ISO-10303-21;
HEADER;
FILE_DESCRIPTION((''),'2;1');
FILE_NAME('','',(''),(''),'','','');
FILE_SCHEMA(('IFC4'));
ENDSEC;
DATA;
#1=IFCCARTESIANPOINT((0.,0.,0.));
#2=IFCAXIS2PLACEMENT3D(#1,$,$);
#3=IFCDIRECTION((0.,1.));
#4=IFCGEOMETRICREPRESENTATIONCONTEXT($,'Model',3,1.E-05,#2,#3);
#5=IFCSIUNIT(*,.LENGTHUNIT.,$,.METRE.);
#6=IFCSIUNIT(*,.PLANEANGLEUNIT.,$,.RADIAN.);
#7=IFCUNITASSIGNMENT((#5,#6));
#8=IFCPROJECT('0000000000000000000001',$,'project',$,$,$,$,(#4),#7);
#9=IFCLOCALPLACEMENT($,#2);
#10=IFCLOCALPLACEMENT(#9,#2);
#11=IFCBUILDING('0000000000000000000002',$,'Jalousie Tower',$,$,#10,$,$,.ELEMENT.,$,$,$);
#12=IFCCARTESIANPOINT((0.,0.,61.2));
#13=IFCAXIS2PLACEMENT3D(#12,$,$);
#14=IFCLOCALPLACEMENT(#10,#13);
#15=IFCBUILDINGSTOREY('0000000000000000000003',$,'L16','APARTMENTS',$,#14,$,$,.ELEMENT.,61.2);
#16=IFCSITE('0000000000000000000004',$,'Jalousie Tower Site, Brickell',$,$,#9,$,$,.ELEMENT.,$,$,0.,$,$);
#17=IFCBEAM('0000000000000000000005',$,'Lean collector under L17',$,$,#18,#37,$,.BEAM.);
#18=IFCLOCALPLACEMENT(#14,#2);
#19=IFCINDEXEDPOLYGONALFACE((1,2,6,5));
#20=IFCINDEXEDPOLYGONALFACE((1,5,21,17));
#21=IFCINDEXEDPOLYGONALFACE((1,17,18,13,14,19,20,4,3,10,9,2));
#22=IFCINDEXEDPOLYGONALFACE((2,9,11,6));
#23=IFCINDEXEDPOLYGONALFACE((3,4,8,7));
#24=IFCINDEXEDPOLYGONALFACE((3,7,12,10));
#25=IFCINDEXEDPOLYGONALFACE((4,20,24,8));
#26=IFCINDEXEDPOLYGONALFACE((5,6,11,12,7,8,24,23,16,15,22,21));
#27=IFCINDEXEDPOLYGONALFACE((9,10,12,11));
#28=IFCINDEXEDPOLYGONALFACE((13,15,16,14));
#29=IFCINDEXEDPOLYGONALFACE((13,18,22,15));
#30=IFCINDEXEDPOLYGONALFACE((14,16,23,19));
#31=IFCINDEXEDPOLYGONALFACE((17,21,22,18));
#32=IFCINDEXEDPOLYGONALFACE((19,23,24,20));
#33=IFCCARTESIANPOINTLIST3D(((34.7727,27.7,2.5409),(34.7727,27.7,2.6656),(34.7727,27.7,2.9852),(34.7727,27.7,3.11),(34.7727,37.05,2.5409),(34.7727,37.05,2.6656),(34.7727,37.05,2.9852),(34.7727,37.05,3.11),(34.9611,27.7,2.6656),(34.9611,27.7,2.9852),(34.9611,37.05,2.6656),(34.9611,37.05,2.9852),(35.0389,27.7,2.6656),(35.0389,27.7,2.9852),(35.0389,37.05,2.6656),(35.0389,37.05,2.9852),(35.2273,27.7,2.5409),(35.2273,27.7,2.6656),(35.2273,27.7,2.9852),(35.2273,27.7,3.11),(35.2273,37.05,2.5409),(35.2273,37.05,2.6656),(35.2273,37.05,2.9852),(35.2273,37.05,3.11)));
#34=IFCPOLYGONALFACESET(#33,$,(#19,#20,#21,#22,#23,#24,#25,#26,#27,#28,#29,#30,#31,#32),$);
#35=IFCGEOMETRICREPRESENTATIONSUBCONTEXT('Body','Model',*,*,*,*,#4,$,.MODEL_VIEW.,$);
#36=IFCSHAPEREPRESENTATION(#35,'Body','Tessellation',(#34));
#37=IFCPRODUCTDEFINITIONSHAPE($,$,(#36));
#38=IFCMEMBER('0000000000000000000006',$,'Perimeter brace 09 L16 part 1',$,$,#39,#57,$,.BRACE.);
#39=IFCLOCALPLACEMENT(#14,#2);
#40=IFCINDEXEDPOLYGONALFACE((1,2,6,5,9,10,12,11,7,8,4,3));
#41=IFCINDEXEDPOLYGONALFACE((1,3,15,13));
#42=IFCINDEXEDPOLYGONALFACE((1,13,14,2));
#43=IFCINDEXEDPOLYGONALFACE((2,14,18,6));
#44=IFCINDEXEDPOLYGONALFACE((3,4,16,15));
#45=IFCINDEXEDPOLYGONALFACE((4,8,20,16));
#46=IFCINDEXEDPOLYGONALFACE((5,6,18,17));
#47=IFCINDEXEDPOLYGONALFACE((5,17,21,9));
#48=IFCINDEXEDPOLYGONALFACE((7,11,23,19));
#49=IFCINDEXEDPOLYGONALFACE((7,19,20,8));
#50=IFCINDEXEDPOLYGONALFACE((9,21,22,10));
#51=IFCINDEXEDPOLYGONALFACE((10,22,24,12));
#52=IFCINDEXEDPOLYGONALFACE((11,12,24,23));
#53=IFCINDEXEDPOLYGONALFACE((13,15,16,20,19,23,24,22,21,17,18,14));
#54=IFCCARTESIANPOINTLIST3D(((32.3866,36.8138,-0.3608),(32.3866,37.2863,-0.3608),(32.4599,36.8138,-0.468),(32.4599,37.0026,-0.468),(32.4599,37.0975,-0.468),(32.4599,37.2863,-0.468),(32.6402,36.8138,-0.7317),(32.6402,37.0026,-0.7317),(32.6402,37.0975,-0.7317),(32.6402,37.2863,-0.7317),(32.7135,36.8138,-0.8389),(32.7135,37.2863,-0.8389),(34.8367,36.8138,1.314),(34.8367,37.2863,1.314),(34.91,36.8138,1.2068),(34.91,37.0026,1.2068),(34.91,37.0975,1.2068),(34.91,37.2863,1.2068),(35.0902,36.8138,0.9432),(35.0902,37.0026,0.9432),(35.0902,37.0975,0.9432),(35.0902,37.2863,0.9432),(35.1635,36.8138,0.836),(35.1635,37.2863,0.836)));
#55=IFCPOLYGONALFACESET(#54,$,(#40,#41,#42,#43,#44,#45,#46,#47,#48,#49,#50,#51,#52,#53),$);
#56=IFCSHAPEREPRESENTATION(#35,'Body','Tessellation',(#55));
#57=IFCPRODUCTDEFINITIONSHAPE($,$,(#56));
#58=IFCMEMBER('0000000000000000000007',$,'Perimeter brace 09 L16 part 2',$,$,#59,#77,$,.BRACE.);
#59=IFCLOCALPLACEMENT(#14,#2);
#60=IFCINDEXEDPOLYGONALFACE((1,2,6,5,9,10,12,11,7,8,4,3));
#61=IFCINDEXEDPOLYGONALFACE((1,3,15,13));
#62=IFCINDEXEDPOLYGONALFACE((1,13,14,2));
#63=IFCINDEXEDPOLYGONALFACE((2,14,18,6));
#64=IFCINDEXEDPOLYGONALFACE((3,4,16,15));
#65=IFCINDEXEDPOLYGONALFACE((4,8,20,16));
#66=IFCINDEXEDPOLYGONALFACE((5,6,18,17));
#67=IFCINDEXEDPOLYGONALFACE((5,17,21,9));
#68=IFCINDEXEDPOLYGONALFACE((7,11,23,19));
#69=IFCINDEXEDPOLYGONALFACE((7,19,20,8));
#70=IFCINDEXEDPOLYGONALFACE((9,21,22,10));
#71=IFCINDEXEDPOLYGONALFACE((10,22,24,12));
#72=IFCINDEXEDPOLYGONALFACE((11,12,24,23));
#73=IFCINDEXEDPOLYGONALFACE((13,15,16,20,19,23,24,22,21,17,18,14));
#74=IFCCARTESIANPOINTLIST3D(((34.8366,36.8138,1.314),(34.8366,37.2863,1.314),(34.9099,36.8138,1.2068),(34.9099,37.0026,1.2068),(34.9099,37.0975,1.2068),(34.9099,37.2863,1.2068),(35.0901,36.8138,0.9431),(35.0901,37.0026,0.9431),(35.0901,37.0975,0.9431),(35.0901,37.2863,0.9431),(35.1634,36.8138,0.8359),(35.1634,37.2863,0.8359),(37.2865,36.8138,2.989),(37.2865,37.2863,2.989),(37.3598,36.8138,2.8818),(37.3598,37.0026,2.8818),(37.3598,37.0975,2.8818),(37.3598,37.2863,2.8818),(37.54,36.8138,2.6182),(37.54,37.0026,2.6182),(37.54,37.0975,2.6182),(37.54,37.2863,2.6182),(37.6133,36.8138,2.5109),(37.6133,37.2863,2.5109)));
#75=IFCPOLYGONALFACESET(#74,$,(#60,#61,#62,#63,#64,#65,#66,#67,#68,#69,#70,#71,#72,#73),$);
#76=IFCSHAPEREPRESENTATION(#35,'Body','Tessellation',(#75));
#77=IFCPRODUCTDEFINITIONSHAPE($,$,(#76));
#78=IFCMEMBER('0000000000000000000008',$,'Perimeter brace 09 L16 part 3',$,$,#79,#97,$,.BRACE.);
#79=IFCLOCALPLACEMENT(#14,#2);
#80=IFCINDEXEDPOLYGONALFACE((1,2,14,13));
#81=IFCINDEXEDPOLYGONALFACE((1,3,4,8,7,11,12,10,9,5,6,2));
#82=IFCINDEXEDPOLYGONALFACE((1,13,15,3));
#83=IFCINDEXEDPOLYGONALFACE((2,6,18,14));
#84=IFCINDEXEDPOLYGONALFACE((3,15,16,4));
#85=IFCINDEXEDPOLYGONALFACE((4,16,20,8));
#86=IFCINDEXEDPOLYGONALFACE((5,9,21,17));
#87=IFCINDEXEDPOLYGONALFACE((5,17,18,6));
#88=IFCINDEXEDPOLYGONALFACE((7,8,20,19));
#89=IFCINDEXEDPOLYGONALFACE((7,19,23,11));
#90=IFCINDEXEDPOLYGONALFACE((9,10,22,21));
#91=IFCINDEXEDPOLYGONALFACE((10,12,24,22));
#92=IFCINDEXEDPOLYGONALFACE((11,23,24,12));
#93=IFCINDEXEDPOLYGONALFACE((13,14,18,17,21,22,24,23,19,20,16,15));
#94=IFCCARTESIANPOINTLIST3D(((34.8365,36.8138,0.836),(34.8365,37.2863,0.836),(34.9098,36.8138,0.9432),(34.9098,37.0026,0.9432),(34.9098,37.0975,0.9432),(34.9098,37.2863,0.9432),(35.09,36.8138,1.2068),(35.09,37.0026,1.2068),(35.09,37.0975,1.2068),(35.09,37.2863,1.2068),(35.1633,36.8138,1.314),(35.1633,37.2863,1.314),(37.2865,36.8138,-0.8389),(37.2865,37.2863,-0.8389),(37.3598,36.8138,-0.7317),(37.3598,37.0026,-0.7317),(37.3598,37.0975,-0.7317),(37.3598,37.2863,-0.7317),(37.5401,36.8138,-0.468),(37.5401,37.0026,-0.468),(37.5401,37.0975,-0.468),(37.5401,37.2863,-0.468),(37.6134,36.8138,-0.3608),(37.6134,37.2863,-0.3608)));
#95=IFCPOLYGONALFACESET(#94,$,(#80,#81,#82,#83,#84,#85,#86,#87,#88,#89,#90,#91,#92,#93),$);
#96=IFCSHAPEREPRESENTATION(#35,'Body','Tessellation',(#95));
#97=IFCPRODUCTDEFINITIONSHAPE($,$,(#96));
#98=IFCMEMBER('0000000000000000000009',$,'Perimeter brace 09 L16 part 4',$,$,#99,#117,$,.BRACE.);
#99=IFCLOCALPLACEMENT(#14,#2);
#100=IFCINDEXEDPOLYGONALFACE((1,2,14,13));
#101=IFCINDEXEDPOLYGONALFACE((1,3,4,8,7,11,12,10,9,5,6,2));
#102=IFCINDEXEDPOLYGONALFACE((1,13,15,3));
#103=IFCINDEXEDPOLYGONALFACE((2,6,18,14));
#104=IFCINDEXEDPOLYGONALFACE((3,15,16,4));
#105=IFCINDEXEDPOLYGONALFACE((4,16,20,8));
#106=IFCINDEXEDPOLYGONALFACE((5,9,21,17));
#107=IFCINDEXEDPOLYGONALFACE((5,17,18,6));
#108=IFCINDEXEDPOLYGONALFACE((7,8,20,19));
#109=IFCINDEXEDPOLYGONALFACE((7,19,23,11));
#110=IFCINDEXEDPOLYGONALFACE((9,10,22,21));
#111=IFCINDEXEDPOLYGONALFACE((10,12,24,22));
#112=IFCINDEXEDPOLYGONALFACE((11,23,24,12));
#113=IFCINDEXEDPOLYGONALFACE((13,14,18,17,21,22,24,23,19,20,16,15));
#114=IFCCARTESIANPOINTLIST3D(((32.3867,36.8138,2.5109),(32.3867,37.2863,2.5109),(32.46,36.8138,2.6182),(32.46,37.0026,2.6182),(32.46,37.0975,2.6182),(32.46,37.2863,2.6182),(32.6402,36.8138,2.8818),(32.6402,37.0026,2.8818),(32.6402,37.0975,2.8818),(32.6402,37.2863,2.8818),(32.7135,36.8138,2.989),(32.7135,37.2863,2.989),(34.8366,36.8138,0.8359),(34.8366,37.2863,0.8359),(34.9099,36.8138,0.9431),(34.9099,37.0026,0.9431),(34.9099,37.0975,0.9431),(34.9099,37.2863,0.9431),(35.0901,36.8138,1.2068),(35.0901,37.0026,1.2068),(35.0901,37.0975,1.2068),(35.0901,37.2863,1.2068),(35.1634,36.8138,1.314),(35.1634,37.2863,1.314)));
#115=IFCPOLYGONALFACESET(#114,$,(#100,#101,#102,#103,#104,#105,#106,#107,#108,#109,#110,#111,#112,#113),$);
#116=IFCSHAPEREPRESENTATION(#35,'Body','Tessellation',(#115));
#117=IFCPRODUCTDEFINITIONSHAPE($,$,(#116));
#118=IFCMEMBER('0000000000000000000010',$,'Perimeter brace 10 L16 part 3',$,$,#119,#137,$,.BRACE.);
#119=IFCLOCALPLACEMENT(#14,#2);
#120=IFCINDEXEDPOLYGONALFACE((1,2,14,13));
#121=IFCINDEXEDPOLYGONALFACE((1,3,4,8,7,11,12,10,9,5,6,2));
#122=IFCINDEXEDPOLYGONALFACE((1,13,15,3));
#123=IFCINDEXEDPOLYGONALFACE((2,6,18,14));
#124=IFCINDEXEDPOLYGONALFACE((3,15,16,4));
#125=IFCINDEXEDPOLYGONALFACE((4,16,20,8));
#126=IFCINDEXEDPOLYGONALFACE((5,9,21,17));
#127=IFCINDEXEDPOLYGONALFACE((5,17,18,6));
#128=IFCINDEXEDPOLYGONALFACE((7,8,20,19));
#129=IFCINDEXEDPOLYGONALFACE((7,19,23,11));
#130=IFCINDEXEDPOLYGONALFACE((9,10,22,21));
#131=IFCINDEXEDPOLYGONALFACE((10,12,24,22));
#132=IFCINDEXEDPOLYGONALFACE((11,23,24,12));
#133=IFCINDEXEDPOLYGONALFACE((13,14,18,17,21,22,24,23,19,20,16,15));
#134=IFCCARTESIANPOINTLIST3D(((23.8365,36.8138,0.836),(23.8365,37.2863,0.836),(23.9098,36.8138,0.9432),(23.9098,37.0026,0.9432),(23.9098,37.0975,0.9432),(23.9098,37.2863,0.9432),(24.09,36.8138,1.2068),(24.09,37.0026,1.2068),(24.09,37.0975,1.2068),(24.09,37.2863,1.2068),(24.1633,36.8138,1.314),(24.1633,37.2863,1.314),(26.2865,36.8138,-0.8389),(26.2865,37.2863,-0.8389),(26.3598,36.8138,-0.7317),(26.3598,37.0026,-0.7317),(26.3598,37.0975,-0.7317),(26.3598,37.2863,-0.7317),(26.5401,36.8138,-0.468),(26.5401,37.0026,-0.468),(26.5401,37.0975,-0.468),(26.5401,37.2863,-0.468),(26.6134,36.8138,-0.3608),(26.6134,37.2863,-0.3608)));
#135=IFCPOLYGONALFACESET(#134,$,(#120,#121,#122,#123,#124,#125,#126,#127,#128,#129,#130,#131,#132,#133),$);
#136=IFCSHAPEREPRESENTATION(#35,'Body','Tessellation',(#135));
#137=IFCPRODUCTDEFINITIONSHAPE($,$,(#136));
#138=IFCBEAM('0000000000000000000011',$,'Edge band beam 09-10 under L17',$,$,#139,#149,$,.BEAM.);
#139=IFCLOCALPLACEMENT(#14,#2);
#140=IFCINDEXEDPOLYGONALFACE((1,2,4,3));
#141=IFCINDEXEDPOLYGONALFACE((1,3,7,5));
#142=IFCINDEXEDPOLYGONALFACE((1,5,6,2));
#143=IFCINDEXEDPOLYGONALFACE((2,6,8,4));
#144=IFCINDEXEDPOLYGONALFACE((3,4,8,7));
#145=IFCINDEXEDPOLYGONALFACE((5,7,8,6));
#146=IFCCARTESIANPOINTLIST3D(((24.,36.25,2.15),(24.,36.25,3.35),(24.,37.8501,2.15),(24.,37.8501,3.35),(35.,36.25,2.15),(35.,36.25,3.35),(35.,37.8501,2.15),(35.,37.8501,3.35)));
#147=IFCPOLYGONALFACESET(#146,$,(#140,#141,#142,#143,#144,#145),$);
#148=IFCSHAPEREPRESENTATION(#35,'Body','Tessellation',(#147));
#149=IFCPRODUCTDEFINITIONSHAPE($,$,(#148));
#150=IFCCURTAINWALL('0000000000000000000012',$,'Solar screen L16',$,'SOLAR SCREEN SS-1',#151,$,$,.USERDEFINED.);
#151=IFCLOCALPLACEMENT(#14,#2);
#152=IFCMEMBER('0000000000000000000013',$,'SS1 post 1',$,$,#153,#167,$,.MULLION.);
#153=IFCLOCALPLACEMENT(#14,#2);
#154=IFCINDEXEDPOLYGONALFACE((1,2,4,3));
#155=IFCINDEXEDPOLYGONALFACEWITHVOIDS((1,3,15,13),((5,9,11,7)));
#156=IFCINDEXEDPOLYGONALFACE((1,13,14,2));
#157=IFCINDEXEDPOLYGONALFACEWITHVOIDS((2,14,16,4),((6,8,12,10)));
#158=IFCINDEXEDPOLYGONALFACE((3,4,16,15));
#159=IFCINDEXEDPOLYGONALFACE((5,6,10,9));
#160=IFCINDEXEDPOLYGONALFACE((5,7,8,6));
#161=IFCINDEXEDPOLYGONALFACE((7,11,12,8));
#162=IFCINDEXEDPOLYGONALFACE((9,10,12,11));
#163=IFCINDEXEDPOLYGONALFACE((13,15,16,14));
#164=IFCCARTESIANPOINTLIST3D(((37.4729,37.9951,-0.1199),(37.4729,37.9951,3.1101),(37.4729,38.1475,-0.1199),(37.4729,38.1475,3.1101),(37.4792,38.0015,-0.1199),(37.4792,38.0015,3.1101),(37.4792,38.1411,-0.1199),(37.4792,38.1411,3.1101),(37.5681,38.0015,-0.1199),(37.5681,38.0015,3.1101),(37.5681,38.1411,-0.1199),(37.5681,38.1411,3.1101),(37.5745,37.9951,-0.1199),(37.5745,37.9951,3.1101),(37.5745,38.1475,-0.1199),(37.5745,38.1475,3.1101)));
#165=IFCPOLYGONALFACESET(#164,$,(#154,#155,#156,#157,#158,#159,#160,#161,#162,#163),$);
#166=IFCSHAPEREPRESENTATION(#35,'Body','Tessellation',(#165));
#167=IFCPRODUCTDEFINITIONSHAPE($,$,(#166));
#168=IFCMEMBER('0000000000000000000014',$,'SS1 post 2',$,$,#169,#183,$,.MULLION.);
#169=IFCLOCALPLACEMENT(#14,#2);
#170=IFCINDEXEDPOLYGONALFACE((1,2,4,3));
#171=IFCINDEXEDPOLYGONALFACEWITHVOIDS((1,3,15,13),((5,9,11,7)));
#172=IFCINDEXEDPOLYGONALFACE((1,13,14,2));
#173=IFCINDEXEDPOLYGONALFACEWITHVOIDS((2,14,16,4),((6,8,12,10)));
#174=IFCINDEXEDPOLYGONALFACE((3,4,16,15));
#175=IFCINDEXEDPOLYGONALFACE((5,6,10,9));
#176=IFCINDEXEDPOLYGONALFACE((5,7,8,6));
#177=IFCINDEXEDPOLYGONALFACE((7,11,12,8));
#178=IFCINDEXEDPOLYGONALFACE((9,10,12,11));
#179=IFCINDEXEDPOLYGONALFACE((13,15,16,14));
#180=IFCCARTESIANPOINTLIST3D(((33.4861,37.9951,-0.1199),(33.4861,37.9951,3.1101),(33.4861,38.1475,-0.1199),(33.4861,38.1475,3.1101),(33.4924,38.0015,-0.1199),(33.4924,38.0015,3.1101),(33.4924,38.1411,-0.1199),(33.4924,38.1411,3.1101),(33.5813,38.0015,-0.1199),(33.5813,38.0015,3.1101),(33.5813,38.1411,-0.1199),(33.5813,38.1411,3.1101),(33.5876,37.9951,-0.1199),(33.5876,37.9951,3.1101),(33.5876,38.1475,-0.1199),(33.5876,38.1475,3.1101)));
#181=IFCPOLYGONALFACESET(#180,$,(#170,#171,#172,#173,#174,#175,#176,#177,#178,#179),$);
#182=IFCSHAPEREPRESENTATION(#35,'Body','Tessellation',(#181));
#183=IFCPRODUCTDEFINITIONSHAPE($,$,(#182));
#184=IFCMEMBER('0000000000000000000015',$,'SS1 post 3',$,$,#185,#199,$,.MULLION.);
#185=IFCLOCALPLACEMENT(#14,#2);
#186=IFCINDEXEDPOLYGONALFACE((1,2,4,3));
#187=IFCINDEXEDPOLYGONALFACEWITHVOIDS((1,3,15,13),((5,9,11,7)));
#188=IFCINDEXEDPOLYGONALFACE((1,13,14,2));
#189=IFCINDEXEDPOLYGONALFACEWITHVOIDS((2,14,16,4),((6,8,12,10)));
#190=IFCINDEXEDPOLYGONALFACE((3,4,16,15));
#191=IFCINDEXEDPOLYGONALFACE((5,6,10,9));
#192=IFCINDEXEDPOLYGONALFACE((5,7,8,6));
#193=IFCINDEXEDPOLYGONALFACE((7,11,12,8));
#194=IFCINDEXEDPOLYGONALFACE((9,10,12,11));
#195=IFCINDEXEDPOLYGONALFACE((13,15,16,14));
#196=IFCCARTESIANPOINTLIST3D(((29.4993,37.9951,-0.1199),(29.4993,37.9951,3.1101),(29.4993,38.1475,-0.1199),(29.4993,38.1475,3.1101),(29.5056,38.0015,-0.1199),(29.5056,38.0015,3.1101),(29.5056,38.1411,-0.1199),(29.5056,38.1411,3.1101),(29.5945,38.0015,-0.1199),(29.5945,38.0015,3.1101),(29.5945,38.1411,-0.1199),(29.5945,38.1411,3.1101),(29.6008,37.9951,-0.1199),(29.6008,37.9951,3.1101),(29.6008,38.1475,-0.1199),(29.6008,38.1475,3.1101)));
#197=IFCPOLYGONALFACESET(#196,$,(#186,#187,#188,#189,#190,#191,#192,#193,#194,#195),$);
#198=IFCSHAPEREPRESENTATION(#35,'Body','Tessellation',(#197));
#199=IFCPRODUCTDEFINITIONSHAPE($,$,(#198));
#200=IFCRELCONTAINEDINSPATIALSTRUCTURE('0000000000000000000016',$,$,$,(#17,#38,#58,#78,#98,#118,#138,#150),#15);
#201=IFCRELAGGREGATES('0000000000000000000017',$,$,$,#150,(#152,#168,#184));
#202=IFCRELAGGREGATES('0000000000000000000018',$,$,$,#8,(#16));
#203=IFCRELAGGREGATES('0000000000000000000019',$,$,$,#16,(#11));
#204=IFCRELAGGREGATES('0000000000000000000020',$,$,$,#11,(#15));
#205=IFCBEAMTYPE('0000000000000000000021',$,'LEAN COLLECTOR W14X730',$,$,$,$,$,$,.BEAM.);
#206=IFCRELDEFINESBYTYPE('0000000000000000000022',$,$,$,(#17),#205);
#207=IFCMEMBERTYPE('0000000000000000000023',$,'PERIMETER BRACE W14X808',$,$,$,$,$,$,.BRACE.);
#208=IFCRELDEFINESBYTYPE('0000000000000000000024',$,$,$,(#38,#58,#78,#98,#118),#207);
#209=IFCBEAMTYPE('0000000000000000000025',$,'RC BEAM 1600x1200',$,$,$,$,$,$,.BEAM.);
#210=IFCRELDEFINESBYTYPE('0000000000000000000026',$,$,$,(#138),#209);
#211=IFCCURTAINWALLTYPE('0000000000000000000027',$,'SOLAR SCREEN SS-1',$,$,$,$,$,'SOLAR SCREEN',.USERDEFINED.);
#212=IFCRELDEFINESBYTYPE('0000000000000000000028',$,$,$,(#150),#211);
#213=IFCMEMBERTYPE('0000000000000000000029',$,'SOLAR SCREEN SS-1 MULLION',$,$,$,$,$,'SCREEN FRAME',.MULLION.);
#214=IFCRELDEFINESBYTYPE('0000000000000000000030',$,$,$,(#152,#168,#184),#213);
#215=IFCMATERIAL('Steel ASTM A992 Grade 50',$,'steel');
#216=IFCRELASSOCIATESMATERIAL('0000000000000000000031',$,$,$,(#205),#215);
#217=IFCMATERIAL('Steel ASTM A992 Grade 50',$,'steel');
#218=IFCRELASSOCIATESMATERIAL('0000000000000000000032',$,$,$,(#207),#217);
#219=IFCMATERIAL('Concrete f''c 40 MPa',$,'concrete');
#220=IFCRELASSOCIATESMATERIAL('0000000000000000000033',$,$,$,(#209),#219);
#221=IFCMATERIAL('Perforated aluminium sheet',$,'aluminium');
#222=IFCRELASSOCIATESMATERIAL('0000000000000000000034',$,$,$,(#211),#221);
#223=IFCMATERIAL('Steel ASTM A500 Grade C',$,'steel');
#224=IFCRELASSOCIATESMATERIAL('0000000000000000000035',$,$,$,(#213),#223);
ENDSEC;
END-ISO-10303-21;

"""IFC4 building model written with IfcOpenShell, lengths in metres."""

from ifc_helpers import new_model, si_unit, direction, frame, origin, origin_2d, place, context, subcontext, project, spatial, rectangle, hollow_rectangle, i_section, extrude, material, material_profile, profile_set, type_object, element, aggregate, save


model = new_model("IFC4")

# Units and contexts
model_context = context("Model", 3, precision=1e-05, world=origin(), true_north=direction((0.0, 1.0)))
body_context = subcontext(model_context, "Body", "Model", "MODEL_VIEW")
ifc_project = project(units=[si_unit("LENGTHUNIT", "METRE"), si_unit("PLANEANGLEUNIT", "RADIAN")], contexts=[model_context])

# Site, building, storey
site_placement = place(None, origin())
site = spatial("IfcSite", under=ifc_project, at=site_placement, Name="Jalousie Tower Site, Brickell", CompositionType="ELEMENT", RefElevation=0.0)
building_placement = place(site_placement, origin())
building = spatial("IfcBuilding", under=site, at=building_placement, Name="Jalousie Tower", CompositionType="ELEMENT")
storey_placement = place(building_placement, frame((0.0, 0.0, 61.2)))
storey = spatial("IfcBuildingStorey", under=building, at=storey_placement, Name="L16", Description="APARTMENTS", CompositionType="ELEMENT", Elevation=61.2)

# Beam
ifc_material_1 = material(Name="Steel ASTM A992 Grade 50", Category="steel")
ifc_material_profile_1 = material_profile(ifc_material_1, i_section(OverallWidth=0.4546, OverallDepth=0.5691, WebThickness=0.0779, FlangeThickness=0.1248, at=origin_2d()), Name="W14X730")
ifc_profile_set_1 = profile_set([ifc_material_profile_1], Name="Steel ASTM A992 Grade 50")
beam_type_1 = type_object("IfcBeamType", Name="LEAN COLLECTOR W14X730", PredefinedType="BEAM", material=ifc_profile_set_1)
beam_1_placement = place(storey_placement, frame((35.0, 37.05, 2.8254), z_axis=(0.0, -1.0, 0.0), x_axis=(1.0, 0.0, 0.0)))
element("IfcBeam", 1, at=beam_1_placement, inside=storey, type_object=beam_type_1, Name="Lean collector under L17", PredefinedType="BEAM", context=body_context, shape_type="SweptSolid", body=[
    extrude(i_section(OverallWidth=0.4546, OverallDepth=0.5691, WebThickness=0.0779, FlangeThickness=0.1248, at=origin_2d()), origin(), (0.0, 0.0, 1.0), 9.3501),
])

# Members
ifc_material_2 = material(Name="Steel ASTM A992 Grade 50", Category="steel")
ifc_material_profile_2 = material_profile(ifc_material_2, i_section(OverallWidth=0.4724, OverallDepth=0.5791, WebThickness=0.095, FlangeThickness=0.1299, at=origin_2d()), Name="W14X808")
ifc_profile_set_2 = profile_set([ifc_material_profile_2], Name="Steel ASTM A992 Grade 50")
member_type_1 = type_object("IfcMemberType", Name="PERIMETER BRACE W14X808", PredefinedType="BRACE", material=ifc_profile_set_2)
for number, where, z_axis, x_axis, name in (
    (2, (32.55, 37.05, -0.5999), (0.825539, 0.0, 0.564345), (0.0, 1.0, 0.0), "Perimeter brace 09 L16 part 1"),
    (3, (35.0, 37.05, 1.075), (0.825501, 0.0, 0.564401), (0.0, 1.0, 0.0), "Perimeter brace 09 L16 part 2"),
    (4, (37.45, 37.05, -0.5999), (-0.825539, 0.0, 0.564345), (0.0, -1.0, 0.0), "Perimeter brace 09 L16 part 3"),
    (5, (35.0, 37.05, 1.075), (-0.825501, 0.0, 0.564401), (0.0, -1.0, 0.0), "Perimeter brace 09 L16 part 4"),
    (6, (26.45, 37.05, -0.5999), (-0.825539, 0.0, 0.564345), (0.0, -1.0, 0.0), "Perimeter brace 10 L16 part 3"),
):
    element("IfcMember", number, at=place(storey_placement, frame(where, z_axis=z_axis, x_axis=x_axis)), inside=storey, type_object=member_type_1, Name=name, PredefinedType="BRACE", context=body_context, shape_type="SweptSolid", body=[
        extrude(i_section(OverallWidth=0.4724, OverallDepth=0.5791, WebThickness=0.095, FlangeThickness=0.1299, at=origin_2d()), origin(), (0.0, 0.0, 1.0), 2.9678),
    ])

# Beam
ifc_material_3 = material(Name="Concrete f'c 40 MPa", Category="concrete")
ifc_material_profile_3 = material_profile(ifc_material_3, rectangle(XDim=1.6001, YDim=1.2, at=origin_2d()), Name="RC 1600x1200")
ifc_profile_set_3 = profile_set([ifc_material_profile_3], Name="Concrete f'c 40 MPa")
beam_type_2 = type_object("IfcBeamType", Name="RC BEAM 1600x1200", PredefinedType="BEAM", material=ifc_profile_set_3)
beam_2_placement = place(storey_placement, frame((35.0, 37.05, 2.75), z_axis=(-1.0, 0.0, 0.0), x_axis=(0.0, -1.0, 0.0)))
element("IfcBeam", 7, at=beam_2_placement, inside=storey, type_object=beam_type_2, Name="Edge band beam 09-10 under L17", PredefinedType="BEAM", context=body_context, shape_type="SweptSolid", body=[
    extrude(rectangle(XDim=1.6001, YDim=1.2, at=origin_2d()), origin(), (0.0, 0.0, 1.0), 11.0),
])

# Curtain wall, members
ifc_material_4 = material(Name="Perforated aluminium sheet", Category="aluminium")
curtain_wall_type = type_object("IfcCurtainWallType", Name="SOLAR SCREEN SS-1", ElementType="SOLAR SCREEN", PredefinedType="USERDEFINED", material=ifc_material_4)
curtain_wall_1_placement = place(storey_placement, origin())
curtain_wall_1 = element("IfcCurtainWall", 8, at=curtain_wall_1_placement, inside=storey, type_object=curtain_wall_type, Name="Solar screen L16", ObjectType="SOLAR SCREEN SS-1", PredefinedType="USERDEFINED")
ifc_material_5 = material(Name="Steel ASTM A500 Grade C", Category="steel")
ifc_material_profile_4 = material_profile(ifc_material_5, hollow_rectangle(XDim=0.1016, YDim=0.1523, WallThickness=0.0063, at=origin_2d()), Name="HSS6X4X1/4")
ifc_profile_set_4 = profile_set([ifc_material_profile_4], Name="Steel ASTM A500 Grade C")
member_type_2 = type_object("IfcMemberType", Name="SOLAR SCREEN SS-1 MULLION", ElementType="SCREEN FRAME", PredefinedType="MULLION", material=ifc_profile_set_4)
member_1_placement = place(storey_placement, frame((37.5237, 38.0713, -0.1199), z_axis=(0.0, 0.0, 1.0), x_axis=(-1.0, 0.0, 0.0)))
member_1 = element("IfcMember", 9, at=member_1_placement, type_object=member_type_2, Name="SS1 post 1", PredefinedType="MULLION", context=body_context, shape_type="SweptSolid", body=[
    extrude(hollow_rectangle(XDim=0.1016, YDim=0.1523, WallThickness=0.0063, at=origin_2d()), origin(), (0.0, 0.0, 1.0), 3.23),
])
member_2_placement = place(storey_placement, frame((33.5369, 38.0713, -0.1199), z_axis=(0.0, 0.0, 1.0), x_axis=(-1.0, 0.0, 0.0)))
member_2 = element("IfcMember", 10, at=member_2_placement, type_object=member_type_2, Name="SS1 post 2", PredefinedType="MULLION", context=body_context, shape_type="SweptSolid", body=[
    extrude(hollow_rectangle(XDim=0.1016, YDim=0.1523, WallThickness=0.0063, at=origin_2d()), origin(), (0.0, 0.0, 1.0), 3.23),
])
member_3_placement = place(storey_placement, frame((29.55, 38.0713, -0.1199), z_axis=(0.0, 0.0, 1.0), x_axis=(-1.0, 0.0, 0.0)))
member_3 = element("IfcMember", 11, at=member_3_placement, type_object=member_type_2, Name="SS1 post 3", PredefinedType="MULLION", context=body_context, shape_type="SweptSolid", body=[
    extrude(hollow_rectangle(XDim=0.1016, YDim=0.1523, WallThickness=0.0063, at=origin_2d()), origin(), (0.0, 0.0, 1.0), 3.23),
])

aggregate(curtain_wall_1, [member_1, member_2, member_3])

save(model, "model.ifc")
